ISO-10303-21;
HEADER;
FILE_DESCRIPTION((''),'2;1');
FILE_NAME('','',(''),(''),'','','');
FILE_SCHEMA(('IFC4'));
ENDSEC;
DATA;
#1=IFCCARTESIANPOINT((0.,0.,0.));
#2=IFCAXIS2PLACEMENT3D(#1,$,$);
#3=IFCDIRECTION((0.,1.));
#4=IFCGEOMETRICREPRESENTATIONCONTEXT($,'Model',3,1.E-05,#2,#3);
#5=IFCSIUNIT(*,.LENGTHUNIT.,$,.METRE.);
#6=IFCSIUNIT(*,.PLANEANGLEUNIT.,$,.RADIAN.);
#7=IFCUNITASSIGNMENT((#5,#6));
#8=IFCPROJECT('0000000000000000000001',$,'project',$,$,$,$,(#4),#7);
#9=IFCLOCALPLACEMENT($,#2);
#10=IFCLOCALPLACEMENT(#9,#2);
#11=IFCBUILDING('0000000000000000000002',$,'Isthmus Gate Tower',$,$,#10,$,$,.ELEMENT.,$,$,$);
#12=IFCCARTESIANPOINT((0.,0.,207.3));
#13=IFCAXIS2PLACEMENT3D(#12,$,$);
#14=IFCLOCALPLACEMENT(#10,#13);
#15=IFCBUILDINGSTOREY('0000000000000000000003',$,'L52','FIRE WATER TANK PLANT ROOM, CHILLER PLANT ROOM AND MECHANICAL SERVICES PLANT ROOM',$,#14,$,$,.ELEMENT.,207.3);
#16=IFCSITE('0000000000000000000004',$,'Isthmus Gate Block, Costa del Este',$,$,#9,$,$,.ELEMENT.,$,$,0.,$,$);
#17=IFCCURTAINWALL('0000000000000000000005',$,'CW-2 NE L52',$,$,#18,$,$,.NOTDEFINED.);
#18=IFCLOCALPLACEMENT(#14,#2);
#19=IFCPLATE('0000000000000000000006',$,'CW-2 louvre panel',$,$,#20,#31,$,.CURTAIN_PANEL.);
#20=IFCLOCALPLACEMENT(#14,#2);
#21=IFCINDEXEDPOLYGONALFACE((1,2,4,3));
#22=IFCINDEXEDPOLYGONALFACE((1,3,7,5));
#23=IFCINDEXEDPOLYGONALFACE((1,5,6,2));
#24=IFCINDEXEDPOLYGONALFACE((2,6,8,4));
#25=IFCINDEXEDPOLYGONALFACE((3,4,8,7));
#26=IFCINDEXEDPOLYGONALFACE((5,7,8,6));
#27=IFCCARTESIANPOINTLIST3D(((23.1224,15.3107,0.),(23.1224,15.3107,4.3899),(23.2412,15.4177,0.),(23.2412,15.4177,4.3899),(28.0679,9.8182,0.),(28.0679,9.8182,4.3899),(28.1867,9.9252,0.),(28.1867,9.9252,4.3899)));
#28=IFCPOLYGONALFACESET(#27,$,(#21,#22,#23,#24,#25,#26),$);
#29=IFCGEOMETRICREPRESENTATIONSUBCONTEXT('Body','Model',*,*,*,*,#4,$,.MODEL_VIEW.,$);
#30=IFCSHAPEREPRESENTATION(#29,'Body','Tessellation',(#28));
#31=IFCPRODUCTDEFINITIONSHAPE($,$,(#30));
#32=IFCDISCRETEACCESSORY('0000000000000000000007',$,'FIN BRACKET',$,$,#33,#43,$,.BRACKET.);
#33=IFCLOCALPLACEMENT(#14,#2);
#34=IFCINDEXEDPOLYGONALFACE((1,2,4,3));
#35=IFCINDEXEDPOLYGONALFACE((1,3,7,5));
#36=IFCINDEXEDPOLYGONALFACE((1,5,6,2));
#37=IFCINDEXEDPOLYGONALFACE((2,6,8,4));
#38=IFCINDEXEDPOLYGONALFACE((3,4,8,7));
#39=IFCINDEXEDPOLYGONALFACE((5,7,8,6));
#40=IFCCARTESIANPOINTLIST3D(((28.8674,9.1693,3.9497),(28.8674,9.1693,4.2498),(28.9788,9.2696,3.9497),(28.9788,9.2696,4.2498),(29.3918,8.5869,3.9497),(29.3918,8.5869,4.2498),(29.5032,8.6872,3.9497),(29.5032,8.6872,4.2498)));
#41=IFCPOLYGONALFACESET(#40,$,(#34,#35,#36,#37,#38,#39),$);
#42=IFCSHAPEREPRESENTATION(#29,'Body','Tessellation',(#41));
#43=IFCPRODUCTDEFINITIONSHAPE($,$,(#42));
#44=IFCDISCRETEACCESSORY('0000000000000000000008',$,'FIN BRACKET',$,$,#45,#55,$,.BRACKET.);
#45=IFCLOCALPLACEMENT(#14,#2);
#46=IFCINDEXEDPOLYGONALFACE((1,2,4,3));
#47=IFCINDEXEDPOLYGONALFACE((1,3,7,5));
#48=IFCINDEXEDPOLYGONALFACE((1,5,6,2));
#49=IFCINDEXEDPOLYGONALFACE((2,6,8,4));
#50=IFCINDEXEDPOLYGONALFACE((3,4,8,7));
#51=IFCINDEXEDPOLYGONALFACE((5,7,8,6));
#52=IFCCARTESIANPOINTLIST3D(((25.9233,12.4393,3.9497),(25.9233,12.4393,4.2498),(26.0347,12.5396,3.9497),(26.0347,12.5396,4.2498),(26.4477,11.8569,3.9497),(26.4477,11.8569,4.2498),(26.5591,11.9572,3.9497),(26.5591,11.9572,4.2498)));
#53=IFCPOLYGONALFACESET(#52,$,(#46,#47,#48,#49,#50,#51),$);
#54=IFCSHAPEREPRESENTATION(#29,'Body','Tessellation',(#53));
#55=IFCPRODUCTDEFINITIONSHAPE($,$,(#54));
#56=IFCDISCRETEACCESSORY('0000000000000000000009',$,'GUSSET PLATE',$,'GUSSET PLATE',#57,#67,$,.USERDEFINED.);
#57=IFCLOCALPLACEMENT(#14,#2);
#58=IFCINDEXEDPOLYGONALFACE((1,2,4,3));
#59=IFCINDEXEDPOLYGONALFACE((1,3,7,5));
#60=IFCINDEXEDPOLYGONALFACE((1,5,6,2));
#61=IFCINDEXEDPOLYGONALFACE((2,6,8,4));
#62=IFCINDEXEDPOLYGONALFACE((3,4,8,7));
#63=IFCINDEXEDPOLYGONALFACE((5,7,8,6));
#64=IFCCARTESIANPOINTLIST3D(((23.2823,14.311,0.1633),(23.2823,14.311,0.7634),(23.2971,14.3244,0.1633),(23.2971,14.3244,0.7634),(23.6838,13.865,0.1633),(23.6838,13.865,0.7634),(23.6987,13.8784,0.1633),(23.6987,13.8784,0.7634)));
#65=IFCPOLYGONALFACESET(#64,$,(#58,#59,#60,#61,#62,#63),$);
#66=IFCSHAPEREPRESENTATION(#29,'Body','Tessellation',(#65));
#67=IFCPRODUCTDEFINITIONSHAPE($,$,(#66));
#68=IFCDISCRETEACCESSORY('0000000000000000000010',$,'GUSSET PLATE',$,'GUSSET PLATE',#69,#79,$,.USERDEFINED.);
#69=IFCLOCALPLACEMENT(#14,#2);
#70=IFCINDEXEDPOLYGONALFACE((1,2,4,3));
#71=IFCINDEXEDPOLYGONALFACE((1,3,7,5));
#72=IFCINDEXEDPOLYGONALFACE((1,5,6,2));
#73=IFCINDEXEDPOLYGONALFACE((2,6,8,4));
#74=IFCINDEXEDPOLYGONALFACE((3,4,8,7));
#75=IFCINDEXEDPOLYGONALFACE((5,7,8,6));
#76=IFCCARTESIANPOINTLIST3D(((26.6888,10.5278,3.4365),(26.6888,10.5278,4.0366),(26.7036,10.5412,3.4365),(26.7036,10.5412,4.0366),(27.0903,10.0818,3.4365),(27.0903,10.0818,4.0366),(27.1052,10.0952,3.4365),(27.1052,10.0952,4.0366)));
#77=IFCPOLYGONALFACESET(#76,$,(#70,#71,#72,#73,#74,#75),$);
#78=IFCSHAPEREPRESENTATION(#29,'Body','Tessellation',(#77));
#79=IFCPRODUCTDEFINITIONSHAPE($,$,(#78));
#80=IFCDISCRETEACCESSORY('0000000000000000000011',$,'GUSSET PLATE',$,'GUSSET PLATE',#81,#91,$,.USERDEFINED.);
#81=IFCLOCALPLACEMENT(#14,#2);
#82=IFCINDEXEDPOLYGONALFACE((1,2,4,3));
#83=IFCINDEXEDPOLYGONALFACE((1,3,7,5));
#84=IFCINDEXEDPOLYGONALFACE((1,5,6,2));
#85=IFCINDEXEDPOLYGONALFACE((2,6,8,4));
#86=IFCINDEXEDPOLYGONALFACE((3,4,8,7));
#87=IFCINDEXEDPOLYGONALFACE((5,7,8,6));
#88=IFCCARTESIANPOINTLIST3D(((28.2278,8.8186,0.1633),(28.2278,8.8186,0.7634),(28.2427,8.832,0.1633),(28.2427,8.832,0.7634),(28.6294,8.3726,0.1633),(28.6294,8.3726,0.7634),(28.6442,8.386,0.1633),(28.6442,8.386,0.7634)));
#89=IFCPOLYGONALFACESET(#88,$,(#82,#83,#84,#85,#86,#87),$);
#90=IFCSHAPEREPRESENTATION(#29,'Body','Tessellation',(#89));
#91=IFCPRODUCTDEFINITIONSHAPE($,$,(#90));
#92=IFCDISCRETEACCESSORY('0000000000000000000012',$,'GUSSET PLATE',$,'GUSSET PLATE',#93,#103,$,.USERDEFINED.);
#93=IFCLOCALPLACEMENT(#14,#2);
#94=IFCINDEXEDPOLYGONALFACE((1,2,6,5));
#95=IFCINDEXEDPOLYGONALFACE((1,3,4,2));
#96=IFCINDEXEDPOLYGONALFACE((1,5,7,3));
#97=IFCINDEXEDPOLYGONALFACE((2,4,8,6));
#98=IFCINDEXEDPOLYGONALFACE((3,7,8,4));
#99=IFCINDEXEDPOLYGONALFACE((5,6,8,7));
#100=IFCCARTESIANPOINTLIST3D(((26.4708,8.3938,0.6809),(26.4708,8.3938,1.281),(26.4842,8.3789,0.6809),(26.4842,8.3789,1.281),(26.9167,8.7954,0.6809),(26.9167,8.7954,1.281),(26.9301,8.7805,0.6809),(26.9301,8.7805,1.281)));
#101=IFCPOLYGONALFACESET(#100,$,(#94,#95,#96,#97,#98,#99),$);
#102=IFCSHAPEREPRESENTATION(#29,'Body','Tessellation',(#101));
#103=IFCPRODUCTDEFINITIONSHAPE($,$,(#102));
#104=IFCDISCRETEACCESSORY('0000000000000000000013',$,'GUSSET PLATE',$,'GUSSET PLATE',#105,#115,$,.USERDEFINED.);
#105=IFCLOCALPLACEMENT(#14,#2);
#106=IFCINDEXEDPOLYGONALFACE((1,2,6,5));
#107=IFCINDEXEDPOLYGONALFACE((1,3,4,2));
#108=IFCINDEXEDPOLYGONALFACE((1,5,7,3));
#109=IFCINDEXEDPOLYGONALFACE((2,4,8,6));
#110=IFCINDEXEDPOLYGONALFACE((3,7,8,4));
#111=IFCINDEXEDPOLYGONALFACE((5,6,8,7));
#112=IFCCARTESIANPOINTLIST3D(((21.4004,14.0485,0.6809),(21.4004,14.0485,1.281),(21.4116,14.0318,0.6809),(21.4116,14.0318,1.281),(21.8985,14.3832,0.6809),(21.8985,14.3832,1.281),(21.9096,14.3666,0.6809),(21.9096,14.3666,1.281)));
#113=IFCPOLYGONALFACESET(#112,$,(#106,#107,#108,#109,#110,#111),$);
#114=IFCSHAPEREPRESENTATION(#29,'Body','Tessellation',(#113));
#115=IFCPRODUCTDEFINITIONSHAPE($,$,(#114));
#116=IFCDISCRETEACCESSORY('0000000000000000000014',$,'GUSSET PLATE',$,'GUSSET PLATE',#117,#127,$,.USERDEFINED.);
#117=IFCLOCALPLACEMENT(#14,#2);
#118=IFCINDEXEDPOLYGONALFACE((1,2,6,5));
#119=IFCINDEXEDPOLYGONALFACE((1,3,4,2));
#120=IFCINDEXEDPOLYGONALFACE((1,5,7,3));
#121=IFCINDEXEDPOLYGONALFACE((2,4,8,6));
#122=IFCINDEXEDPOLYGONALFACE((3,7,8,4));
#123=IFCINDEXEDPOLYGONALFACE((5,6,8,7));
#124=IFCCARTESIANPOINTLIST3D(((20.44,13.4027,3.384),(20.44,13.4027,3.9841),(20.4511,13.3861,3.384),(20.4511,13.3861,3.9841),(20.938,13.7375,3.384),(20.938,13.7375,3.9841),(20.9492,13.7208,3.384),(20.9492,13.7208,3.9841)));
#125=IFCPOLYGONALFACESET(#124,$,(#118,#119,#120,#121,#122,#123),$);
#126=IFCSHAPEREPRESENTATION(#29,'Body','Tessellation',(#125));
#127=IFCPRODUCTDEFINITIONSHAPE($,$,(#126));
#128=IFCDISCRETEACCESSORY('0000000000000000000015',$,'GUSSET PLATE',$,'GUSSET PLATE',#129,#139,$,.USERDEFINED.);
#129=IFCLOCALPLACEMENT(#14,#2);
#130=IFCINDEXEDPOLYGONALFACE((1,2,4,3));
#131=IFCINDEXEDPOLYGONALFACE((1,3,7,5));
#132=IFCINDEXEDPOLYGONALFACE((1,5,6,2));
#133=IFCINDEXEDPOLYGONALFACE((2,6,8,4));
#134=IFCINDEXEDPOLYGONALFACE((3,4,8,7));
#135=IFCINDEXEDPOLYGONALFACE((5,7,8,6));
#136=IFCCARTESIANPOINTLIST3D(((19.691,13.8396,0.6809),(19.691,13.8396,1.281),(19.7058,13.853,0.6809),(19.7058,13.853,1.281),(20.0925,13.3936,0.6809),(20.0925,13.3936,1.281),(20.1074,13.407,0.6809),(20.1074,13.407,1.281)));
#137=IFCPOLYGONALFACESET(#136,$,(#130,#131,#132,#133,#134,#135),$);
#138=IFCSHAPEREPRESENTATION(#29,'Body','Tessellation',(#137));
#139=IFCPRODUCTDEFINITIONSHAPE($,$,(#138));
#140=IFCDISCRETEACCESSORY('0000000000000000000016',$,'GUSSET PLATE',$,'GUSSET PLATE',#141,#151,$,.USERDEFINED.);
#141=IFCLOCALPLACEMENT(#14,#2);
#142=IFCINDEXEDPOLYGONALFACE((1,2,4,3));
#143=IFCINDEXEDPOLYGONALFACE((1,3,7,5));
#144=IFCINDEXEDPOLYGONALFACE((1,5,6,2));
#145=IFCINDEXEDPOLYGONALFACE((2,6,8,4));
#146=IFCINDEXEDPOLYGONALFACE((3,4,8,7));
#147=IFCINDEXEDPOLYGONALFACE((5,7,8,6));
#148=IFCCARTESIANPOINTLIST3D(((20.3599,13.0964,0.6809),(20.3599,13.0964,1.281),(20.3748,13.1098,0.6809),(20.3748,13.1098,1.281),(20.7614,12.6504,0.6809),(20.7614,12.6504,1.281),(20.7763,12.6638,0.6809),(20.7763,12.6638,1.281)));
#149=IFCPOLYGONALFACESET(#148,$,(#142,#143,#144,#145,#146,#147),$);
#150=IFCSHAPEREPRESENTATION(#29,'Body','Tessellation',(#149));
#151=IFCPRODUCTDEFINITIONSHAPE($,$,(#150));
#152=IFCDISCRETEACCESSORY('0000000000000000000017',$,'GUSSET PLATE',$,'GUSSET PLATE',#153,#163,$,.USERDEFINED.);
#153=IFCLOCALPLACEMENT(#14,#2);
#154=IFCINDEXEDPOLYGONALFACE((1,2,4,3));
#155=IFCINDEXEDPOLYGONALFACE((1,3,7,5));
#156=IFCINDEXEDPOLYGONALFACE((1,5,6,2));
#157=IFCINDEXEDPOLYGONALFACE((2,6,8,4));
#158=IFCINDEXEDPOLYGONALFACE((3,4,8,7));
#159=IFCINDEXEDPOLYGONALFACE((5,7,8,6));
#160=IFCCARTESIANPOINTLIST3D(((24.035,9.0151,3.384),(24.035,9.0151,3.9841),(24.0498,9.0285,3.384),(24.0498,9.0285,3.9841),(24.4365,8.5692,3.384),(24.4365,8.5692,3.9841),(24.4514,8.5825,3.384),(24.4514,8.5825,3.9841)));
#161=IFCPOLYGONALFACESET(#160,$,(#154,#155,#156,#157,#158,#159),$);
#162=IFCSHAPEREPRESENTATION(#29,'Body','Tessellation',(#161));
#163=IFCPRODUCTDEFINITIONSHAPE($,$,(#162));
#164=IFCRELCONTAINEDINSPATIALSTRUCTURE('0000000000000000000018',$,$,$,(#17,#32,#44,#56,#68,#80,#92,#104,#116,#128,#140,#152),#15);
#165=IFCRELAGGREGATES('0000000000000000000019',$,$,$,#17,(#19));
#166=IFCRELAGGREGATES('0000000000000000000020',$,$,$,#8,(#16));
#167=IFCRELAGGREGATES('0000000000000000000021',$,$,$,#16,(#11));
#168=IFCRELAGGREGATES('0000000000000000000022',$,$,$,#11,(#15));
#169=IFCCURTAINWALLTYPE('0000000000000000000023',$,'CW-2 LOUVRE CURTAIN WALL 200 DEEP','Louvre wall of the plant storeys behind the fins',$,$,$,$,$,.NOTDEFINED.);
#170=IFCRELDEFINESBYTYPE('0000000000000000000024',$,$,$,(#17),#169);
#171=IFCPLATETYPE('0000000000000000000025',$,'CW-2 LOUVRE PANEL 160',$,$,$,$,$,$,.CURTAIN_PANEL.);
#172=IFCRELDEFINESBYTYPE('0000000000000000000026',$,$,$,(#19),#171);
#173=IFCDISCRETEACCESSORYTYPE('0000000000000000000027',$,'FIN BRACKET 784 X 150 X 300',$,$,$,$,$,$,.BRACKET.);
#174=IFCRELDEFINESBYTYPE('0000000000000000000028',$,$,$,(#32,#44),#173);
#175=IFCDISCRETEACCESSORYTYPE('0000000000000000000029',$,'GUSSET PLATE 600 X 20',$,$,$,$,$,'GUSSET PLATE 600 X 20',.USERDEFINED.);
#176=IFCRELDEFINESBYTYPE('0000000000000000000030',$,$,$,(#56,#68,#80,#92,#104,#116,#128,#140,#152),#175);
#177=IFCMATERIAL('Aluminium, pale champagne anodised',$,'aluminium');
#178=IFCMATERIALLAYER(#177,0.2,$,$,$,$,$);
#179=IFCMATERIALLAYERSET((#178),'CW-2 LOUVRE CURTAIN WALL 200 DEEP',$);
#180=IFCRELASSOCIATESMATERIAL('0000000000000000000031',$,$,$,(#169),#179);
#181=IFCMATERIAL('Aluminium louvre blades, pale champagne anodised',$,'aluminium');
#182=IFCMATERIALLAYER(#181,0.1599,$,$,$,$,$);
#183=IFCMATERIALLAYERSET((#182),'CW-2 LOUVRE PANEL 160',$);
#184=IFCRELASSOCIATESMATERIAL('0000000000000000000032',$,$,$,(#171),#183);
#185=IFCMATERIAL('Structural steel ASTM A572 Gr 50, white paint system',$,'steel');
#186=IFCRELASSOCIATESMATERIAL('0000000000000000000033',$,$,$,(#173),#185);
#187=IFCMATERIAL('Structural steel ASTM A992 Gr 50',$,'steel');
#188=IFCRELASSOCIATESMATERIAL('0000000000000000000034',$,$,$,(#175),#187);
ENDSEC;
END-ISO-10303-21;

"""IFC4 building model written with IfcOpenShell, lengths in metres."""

from ifc_helpers import new_model, si_unit, direction, frame, origin, origin_2d, place, context, subcontext, project, spatial, rectangle, extrude, material, layer, layer_set, type_object, element, aggregate, save


model = new_model("IFC4")

# Units and contexts
model_context = context("Model", 3, precision=1e-05, world=origin(), true_north=direction((0.0, 1.0)))
body_context = subcontext(model_context, "Body", "Model", "MODEL_VIEW")
ifc_project = project(units=[si_unit("LENGTHUNIT", "METRE"), si_unit("PLANEANGLEUNIT", "RADIAN")], contexts=[model_context])

# Site, building, storey
site_placement = place(None, origin())
site = spatial("IfcSite", under=ifc_project, at=site_placement, Name="Isthmus Gate Block, Costa del Este", CompositionType="ELEMENT", RefElevation=0.0)
building_placement = place(site_placement, origin())
building = spatial("IfcBuilding", under=site, at=building_placement, Name="Isthmus Gate Tower", CompositionType="ELEMENT")
storey_placement = place(building_placement, frame((0.0, 0.0, 207.3)))
storey = spatial("IfcBuildingStorey", under=building, at=storey_placement, Name="L52", Description="FIRE WATER TANK PLANT ROOM, CHILLER PLANT ROOM AND MECHANICAL SERVICES PLANT ROOM", CompositionType="ELEMENT", Elevation=207.3)

# Curtain wall
ifc_material_1 = material(Name="Aluminium, pale champagne anodised", Category="aluminium")
ifc_layer_1 = layer(ifc_material_1, 0.2)
ifc_layer_set_1 = layer_set([ifc_layer_1], Name="CW-2 LOUVRE CURTAIN WALL 200 DEEP")
curtain_wall_type = type_object("IfcCurtainWallType", Name="CW-2 LOUVRE CURTAIN WALL 200 DEEP", Description="Louvre wall of the plant storeys behind the fins", PredefinedType="NOTDEFINED", material=ifc_layer_set_1)
curtain_wall_placement = place(storey_placement, origin())
curtain_wall = element("IfcCurtainWall", 1, at=curtain_wall_placement, inside=storey, type_object=curtain_wall_type, Name="CW-2 NE L52", PredefinedType="NOTDEFINED")

# Plate
ifc_material_2 = material(Name="Aluminium louvre blades, pale champagne anodised", Category="aluminium")
ifc_layer_2 = layer(ifc_material_2, 0.1599)
ifc_layer_set_2 = layer_set([ifc_layer_2], Name="CW-2 LOUVRE PANEL 160")
plate_type = type_object("IfcPlateType", Name="CW-2 LOUVRE PANEL 160", PredefinedType="CURTAIN_PANEL", material=ifc_layer_set_2)
plate_placement = place(storey_placement, frame((25.6545, 12.6179, 0.0), z_axis=(0.0, 0.0, 1.0), x_axis=(-0.669131, 0.743145, 0.0)))
plate = element("IfcPlate", 2, at=plate_placement, type_object=plate_type, Name="CW-2 louvre panel", PredefinedType="CURTAIN_PANEL", context=body_context, shape_type="SweptSolid", body=[
    extrude(rectangle(XDim=7.3909, YDim=0.1599, at=origin_2d()), origin(), (0.0, 0.0, 1.0), 4.3899),
])
aggregate(curtain_wall, [plate])

# Discrete accessories
ifc_material_3 = material(Name="Structural steel ASTM A572 Gr 50, white paint system", Category="steel")
discrete_accessory_type_1 = type_object("IfcDiscreteAccessoryType", Name="FIN BRACKET 784 X 150 X 300", PredefinedType="BRACKET", material=ifc_material_3)
for number, where, z_axis, x_axis, name in (
    (3, (29.1853, 8.9282, 3.9497), (0.0, 0.0, 1.0), (0.743145, 0.669131, 0.0), "FIN BRACKET"),
    (4, (26.2412, 12.1982, 3.9497), (0.0, 0.0, 1.0), (0.743145, 0.669131, 0.0), "FIN BRACKET"),
):
    element("IfcDiscreteAccessory", number, at=place(storey_placement, frame(where, z_axis=z_axis, x_axis=x_axis)), inside=storey, type_object=discrete_accessory_type_1, Name=name, PredefinedType="BRACKET", context=body_context, shape_type="SweptSolid", body=[
        extrude(rectangle(XDim=0.1499, YDim=0.7837, at=origin_2d()), origin(), (0.0, 0.0, 1.0), 0.3),
    ])
ifc_material_4 = material(Name="Structural steel ASTM A992 Gr 50", Category="steel")
discrete_accessory_type_2 = type_object("IfcDiscreteAccessoryType", Name="GUSSET PLATE 600 X 20", ElementType="GUSSET PLATE 600 X 20", PredefinedType="USERDEFINED", material=ifc_material_4)
for number, where, z_axis, x_axis, name in (
    (5, (23.4905, 14.0947, 0.1633), (0.0, 0.0, 1.0), (0.669131, -0.743145, 0.0), "GUSSET PLATE"),
    (6, (26.897, 10.3115, 3.4365), (0.0, 0.0, 1.0), (0.669131, -0.743145, 0.0), "GUSSET PLATE"),
    (7, (28.436, 8.6023, 0.1633), (0.0, 0.0, 1.0), (0.669131, -0.743145, 0.0), "GUSSET PLATE"),
    (8, (26.7004, 8.5872, 0.6809), (0.0, 0.0, 1.0), (-0.743145, -0.669131, 0.0), "GUSSET PLATE"),
    (9, (21.655, 14.2075, 0.6809), (0.0, 0.0, 1.0), (-0.829956, -0.557829, 0.0), "GUSSET PLATE"),
    (10, (20.6946, 13.5618, 3.384), (0.0, 0.0, 1.0), (-0.829956, -0.557829, 0.0), "GUSSET PLATE"),
    (11, (19.8992, 13.6233, 0.6809), (0.0, 0.0, 1.0), (-0.669131, 0.743145, 0.0), "GUSSET PLATE"),
    (12, (20.5681, 12.8801, 0.6809), (0.0, 0.0, 1.0), (0.669131, -0.743145, 0.0), "GUSSET PLATE"),
    (13, (24.2432, 8.7988, 3.384), (0.0, 0.0, 1.0), (0.669131, -0.743145, 0.0), "GUSSET PLATE"),
):
    element("IfcDiscreteAccessory", number, at=place(storey_placement, frame(where, z_axis=z_axis, x_axis=x_axis)), inside=storey, type_object=discrete_accessory_type_2, Name=name, ObjectType="GUSSET PLATE", PredefinedType="USERDEFINED", context=body_context, shape_type="SweptSolid", body=[
        extrude(rectangle(XDim=0.6001, YDim=0.02, at=origin_2d()), origin(), (0.0, 0.0, 1.0), 0.6001),
    ])

save(model, "model.ifc")
